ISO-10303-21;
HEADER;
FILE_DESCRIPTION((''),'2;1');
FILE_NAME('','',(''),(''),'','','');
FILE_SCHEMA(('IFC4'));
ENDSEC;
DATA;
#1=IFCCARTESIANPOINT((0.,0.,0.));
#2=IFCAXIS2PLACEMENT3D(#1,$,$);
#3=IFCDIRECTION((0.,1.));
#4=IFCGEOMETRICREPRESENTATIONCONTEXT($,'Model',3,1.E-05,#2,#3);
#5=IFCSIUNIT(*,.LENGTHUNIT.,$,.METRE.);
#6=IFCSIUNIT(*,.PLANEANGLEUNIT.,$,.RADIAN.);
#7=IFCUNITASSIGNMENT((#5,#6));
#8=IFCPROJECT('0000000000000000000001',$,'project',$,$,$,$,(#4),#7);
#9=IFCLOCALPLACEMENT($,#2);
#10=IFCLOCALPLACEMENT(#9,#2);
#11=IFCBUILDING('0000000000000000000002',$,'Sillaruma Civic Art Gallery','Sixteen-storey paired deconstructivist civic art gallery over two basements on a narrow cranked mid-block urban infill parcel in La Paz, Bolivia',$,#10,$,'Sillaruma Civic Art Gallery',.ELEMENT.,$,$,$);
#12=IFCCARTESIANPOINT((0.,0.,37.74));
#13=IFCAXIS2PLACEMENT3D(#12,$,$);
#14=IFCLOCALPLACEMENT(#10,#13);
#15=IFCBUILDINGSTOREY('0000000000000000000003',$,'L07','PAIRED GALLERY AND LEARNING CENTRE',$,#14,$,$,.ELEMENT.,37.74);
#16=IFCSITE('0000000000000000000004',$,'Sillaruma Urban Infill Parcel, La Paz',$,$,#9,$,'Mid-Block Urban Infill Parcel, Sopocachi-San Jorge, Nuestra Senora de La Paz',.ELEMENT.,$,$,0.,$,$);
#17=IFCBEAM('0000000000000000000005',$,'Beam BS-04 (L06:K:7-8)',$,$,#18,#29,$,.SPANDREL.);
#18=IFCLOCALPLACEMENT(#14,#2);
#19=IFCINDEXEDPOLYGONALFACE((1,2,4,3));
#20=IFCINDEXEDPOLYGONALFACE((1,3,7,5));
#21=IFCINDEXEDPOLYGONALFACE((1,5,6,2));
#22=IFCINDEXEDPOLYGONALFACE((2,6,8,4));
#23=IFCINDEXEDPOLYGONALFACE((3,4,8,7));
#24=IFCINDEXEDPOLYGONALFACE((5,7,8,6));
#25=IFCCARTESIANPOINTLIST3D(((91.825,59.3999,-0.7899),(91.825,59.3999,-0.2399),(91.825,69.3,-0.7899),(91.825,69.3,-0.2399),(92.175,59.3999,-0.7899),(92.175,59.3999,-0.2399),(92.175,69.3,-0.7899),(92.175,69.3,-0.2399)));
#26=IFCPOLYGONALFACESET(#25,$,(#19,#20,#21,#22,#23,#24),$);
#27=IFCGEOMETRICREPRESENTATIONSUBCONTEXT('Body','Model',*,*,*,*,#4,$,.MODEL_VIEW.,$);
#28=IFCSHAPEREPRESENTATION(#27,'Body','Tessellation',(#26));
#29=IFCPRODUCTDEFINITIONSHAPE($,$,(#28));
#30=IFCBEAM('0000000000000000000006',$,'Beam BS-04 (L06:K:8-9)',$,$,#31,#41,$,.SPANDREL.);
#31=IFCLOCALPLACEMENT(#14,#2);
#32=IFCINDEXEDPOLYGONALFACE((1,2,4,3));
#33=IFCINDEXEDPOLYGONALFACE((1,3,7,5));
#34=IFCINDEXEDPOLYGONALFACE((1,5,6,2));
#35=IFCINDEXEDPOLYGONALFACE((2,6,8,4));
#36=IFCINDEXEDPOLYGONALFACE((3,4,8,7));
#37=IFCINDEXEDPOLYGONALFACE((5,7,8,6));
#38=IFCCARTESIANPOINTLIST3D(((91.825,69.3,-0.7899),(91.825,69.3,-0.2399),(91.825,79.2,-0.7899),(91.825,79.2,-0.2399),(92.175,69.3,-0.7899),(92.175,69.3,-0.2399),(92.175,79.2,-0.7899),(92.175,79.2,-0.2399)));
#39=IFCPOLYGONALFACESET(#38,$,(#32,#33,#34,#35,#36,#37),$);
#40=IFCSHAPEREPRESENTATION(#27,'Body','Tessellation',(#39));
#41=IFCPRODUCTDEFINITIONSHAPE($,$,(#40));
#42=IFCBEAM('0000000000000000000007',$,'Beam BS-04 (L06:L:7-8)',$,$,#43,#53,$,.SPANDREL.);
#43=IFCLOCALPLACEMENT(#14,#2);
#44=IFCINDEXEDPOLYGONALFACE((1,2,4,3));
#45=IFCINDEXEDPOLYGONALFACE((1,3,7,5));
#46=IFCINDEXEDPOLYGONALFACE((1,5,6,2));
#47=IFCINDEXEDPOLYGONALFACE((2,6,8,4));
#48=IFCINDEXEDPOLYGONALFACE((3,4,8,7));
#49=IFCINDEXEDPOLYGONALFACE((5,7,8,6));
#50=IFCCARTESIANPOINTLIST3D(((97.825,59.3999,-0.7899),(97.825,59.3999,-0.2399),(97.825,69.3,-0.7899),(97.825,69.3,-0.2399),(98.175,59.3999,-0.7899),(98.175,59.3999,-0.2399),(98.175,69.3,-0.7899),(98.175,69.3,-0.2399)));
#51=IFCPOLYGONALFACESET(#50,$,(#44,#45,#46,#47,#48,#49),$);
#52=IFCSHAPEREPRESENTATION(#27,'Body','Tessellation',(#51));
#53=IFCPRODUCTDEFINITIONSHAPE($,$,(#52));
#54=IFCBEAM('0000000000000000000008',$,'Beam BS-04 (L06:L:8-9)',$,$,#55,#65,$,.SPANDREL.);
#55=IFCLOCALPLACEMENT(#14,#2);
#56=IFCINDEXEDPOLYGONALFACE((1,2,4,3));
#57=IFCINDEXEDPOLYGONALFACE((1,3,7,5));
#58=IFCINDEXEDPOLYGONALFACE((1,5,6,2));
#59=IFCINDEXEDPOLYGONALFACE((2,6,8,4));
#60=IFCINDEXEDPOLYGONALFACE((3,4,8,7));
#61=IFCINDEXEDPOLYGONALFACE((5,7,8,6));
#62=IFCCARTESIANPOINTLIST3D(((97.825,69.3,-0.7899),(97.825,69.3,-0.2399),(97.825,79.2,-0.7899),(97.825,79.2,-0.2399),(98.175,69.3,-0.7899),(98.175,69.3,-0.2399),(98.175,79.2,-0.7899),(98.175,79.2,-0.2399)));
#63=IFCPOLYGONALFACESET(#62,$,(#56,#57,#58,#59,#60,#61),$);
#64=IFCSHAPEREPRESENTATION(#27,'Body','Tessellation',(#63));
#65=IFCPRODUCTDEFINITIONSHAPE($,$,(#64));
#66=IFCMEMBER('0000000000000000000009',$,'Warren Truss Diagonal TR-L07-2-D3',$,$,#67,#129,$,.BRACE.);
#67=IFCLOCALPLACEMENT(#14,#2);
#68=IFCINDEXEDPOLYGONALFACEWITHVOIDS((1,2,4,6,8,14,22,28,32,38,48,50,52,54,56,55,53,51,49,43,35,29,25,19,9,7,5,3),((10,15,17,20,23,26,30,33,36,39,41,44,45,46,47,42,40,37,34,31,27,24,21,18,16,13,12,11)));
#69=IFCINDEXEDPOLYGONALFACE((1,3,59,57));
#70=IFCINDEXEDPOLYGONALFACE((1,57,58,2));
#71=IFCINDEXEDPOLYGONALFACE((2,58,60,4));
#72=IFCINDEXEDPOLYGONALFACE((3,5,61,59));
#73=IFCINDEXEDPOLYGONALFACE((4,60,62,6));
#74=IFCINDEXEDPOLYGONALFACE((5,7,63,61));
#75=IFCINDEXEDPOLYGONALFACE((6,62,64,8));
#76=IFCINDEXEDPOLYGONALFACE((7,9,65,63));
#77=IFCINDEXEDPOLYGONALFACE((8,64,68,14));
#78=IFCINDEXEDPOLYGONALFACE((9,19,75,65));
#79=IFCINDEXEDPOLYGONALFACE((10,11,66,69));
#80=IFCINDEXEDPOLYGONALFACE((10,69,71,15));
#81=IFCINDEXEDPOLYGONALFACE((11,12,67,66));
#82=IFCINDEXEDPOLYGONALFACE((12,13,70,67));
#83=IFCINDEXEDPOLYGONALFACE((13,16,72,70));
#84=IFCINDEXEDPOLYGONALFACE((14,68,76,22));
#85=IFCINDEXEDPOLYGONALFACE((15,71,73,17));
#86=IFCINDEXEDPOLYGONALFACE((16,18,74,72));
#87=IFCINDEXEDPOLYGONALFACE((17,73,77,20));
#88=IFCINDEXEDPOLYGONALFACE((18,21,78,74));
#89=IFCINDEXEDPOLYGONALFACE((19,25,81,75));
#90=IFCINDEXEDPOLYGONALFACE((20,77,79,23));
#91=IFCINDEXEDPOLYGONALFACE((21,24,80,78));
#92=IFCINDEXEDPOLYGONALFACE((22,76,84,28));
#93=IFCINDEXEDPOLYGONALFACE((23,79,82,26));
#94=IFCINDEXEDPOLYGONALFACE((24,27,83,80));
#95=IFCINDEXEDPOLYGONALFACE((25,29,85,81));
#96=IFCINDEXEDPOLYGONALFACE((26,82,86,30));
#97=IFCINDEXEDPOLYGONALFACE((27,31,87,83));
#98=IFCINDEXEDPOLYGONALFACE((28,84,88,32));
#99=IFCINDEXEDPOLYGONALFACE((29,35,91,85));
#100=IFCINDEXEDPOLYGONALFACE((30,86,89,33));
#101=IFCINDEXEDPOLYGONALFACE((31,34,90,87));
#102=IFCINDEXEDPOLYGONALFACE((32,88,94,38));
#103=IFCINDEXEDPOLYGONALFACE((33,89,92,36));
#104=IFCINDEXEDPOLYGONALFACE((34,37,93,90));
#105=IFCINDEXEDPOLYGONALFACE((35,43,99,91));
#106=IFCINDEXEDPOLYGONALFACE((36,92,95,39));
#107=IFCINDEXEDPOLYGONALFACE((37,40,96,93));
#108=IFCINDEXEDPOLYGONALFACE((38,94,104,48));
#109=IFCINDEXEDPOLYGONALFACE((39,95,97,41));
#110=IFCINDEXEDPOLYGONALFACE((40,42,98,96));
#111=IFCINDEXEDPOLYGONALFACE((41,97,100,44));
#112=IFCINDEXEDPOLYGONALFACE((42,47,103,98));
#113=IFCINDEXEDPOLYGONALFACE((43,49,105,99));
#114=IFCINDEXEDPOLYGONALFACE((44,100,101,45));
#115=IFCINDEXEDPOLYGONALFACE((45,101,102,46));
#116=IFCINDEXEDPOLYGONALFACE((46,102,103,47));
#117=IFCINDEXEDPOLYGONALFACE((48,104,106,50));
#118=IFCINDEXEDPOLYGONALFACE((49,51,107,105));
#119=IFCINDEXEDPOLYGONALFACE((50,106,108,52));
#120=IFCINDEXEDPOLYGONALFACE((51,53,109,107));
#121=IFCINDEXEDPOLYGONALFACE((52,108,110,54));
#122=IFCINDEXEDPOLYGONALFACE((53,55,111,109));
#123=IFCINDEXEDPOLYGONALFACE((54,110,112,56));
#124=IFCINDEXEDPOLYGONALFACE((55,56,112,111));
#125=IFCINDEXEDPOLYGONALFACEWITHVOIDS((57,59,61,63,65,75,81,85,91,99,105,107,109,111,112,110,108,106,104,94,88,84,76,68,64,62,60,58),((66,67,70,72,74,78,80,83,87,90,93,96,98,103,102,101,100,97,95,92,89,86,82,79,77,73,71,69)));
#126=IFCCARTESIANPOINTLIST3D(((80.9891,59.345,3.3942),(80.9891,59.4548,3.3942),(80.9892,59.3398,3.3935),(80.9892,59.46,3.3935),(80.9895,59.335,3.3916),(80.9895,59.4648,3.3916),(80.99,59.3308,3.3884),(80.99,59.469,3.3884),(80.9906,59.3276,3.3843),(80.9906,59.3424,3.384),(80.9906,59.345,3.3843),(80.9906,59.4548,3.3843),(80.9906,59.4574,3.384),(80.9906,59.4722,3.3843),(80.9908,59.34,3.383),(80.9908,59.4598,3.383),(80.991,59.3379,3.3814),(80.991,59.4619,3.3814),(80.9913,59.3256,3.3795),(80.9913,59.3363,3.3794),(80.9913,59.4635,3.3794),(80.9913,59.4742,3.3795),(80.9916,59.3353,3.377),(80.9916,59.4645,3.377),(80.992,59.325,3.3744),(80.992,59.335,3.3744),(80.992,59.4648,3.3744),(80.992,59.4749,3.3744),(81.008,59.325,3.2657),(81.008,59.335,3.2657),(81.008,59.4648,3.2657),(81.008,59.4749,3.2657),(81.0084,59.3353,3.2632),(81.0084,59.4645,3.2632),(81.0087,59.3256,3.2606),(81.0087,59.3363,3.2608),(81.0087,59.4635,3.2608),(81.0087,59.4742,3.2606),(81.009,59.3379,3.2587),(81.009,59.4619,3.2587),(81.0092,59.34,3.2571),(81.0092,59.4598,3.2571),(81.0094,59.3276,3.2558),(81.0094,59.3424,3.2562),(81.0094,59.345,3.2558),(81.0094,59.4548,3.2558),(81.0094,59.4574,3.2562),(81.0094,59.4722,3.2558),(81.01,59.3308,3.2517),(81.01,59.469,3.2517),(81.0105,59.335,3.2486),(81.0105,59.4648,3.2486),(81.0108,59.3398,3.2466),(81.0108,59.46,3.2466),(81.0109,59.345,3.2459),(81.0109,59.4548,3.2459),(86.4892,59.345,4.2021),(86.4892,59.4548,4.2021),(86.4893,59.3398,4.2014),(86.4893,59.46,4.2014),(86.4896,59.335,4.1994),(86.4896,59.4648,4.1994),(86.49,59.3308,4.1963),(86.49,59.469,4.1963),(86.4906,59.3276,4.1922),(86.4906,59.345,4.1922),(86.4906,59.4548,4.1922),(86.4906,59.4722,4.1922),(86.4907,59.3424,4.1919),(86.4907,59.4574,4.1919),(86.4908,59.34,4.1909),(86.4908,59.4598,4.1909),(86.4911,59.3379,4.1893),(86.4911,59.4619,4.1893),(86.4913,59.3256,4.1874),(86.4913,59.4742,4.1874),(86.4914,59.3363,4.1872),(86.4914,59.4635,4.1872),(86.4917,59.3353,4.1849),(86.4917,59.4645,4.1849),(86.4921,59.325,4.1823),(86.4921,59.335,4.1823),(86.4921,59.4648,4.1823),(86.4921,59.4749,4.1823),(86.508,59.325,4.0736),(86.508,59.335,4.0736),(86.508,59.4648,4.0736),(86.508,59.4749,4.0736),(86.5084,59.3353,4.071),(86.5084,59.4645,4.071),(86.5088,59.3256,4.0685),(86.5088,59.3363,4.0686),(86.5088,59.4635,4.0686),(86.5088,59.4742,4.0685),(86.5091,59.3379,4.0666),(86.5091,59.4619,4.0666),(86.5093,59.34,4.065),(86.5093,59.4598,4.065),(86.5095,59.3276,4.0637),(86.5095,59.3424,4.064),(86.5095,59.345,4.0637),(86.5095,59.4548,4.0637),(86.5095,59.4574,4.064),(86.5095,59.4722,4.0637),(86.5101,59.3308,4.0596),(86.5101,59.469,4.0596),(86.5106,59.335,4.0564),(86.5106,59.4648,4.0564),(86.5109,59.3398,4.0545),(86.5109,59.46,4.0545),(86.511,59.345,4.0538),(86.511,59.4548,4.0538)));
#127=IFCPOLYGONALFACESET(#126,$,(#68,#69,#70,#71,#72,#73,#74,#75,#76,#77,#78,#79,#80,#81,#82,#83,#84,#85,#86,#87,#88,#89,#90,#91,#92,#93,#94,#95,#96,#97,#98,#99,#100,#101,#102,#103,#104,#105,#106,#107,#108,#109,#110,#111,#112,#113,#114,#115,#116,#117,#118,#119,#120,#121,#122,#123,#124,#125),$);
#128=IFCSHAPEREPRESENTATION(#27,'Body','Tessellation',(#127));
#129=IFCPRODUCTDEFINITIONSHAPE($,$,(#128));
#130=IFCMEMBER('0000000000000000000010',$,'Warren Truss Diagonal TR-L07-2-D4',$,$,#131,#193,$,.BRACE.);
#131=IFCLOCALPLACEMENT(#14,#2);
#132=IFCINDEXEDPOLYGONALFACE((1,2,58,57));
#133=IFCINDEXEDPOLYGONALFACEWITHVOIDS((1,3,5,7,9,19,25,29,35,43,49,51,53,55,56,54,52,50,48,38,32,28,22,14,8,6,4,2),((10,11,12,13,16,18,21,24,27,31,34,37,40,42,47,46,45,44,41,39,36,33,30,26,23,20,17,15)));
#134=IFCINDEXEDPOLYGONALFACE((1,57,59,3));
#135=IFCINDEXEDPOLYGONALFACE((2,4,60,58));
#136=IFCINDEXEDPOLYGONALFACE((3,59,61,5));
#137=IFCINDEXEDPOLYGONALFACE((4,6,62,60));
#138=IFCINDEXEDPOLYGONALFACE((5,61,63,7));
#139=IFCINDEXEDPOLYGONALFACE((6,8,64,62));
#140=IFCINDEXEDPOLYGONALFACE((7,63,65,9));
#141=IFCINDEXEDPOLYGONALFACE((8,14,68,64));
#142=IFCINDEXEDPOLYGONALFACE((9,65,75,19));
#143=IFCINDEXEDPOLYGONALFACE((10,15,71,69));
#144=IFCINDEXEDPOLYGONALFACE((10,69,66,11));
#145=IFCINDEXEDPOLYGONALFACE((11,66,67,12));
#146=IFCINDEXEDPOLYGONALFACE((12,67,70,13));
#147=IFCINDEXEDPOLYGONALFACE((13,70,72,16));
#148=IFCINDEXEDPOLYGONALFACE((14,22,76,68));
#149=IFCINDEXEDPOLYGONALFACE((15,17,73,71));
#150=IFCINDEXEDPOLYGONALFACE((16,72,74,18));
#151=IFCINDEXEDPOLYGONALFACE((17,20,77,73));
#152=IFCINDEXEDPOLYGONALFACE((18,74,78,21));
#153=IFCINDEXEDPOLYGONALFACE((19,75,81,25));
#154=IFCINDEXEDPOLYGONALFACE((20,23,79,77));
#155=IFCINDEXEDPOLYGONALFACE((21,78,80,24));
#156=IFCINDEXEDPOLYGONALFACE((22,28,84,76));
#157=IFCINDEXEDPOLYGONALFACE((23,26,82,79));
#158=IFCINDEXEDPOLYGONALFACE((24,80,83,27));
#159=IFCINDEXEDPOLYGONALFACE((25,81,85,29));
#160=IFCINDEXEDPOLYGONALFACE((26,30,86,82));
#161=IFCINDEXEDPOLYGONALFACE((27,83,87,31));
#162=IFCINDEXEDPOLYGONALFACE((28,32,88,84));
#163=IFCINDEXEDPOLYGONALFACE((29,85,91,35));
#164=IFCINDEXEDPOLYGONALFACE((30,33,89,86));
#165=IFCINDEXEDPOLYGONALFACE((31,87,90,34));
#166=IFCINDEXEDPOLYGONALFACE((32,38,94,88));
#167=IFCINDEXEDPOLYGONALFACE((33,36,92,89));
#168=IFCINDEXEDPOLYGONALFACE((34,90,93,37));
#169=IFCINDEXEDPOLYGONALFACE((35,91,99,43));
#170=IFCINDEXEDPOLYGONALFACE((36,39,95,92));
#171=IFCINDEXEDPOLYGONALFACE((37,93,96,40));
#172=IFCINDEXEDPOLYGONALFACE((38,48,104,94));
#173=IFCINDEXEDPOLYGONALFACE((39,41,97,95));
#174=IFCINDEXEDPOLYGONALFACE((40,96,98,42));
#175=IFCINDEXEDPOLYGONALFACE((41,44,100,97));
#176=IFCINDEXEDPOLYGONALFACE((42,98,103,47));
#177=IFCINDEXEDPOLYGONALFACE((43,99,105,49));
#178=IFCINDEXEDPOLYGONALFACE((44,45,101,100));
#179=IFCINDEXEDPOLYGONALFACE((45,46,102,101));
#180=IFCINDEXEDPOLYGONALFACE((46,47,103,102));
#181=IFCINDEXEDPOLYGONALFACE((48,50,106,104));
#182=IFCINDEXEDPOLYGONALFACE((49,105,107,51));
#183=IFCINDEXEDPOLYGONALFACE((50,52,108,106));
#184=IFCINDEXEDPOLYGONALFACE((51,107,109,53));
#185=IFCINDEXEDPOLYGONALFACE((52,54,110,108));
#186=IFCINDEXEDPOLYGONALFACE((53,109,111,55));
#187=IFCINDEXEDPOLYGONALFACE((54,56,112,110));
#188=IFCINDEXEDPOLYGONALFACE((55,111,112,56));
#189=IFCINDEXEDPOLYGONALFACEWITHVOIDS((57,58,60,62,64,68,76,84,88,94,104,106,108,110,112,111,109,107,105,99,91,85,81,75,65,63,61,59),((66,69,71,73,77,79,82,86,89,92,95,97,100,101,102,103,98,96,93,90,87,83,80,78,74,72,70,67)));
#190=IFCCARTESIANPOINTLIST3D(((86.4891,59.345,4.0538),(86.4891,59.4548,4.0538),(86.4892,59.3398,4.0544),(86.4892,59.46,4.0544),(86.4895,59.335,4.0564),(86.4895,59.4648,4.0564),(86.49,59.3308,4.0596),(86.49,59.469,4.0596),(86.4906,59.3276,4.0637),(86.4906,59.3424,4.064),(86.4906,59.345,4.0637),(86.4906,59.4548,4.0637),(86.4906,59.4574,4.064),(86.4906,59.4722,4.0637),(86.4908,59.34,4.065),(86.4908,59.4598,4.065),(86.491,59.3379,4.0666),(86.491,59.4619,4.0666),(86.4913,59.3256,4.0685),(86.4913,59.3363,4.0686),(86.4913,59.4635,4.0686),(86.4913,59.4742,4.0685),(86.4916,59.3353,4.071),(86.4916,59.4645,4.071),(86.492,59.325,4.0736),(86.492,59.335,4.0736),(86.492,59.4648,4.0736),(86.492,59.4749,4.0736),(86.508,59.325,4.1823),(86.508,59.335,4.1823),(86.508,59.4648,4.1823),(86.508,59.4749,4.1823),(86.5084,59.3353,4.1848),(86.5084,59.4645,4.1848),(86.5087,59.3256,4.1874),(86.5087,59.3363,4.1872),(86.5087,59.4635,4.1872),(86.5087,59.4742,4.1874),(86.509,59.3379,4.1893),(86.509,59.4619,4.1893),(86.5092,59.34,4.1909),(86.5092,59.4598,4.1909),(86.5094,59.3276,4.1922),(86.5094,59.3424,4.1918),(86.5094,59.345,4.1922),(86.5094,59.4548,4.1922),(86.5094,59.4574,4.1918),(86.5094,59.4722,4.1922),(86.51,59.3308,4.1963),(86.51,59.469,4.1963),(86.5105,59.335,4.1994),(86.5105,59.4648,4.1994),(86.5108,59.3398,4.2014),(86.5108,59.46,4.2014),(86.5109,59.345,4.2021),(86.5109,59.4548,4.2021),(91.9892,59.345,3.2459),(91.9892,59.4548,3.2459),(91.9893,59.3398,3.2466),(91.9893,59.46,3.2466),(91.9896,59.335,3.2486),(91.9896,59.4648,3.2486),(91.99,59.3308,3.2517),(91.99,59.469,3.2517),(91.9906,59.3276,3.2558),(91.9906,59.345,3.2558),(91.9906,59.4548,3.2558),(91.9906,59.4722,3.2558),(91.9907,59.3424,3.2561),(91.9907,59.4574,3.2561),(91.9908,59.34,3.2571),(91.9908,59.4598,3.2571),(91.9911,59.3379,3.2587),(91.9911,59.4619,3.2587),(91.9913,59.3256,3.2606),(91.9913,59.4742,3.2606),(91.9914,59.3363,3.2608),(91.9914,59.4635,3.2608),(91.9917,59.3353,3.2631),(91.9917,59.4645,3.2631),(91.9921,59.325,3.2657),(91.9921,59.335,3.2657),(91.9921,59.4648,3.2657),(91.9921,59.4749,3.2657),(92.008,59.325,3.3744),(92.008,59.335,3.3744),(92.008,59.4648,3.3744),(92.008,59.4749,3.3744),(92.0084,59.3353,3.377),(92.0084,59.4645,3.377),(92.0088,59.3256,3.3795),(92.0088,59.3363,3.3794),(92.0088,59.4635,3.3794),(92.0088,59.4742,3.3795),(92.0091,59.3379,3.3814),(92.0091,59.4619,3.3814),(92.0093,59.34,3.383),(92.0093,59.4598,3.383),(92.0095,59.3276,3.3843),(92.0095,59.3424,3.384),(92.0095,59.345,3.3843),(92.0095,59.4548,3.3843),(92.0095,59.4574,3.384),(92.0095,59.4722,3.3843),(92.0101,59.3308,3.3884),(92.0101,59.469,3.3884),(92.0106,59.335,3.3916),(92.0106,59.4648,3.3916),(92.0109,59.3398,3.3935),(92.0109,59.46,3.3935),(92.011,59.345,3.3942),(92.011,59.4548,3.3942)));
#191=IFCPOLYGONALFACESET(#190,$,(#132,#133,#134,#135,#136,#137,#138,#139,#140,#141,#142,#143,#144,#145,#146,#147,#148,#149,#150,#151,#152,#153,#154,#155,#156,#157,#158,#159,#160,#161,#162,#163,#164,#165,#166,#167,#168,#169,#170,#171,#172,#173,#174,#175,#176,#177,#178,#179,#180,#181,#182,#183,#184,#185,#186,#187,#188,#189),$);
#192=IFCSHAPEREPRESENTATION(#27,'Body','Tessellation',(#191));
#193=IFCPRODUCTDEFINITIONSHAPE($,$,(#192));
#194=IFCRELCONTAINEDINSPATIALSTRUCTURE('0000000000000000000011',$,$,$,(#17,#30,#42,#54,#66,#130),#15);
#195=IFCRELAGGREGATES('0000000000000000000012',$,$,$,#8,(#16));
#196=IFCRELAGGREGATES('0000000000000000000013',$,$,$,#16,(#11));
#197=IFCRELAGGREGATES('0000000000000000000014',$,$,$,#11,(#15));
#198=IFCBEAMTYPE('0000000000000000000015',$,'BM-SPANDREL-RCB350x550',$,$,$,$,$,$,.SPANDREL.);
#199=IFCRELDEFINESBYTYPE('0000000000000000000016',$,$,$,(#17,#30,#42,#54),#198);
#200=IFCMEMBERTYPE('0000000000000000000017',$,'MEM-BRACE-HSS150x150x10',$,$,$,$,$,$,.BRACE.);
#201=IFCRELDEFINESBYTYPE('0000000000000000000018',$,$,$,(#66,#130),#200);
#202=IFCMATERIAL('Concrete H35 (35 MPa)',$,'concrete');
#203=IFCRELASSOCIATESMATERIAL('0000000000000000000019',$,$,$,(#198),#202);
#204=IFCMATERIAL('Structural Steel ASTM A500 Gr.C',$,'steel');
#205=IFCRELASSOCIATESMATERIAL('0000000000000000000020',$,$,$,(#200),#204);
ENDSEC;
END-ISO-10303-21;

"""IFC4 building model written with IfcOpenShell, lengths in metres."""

from ifc_helpers import new_model, si_unit, direction, frame, origin, origin_2d, place, context, subcontext, project, spatial, rectangle, hollow_rectangle, extrude, material, material_profile, profile_set, type_object, element, save


model = new_model("IFC4")

# Units and contexts
model_context = context("Model", 3, precision=1e-05, world=origin(), true_north=direction((0.0, 1.0)))
body_context = subcontext(model_context, "Body", "Model", "MODEL_VIEW")
ifc_project = project(units=[si_unit("LENGTHUNIT", "METRE"), si_unit("PLANEANGLEUNIT", "RADIAN")], contexts=[model_context])

# Site, building, storey
site_placement = place(None, origin())
site = spatial("IfcSite", under=ifc_project, at=site_placement, Name="Sillaruma Urban Infill Parcel, La Paz", LongName="Mid-Block Urban Infill Parcel, Sopocachi-San Jorge, Nuestra Senora de La Paz", CompositionType="ELEMENT", RefElevation=0.0)
building_placement = place(site_placement, origin())
building = spatial("IfcBuilding", under=site, at=building_placement, Name="Sillaruma Civic Art Gallery", Description="Sixteen-storey paired deconstructivist civic art gallery over two basements on a narrow cranked mid-block urban infill parcel in La Paz, Bolivia", LongName="Sillaruma Civic Art Gallery", CompositionType="ELEMENT")
storey_placement = place(building_placement, frame((0.0, 0.0, 37.74)))
storey = spatial("IfcBuildingStorey", under=building, at=storey_placement, Name="L07", Description="PAIRED GALLERY AND LEARNING CENTRE", CompositionType="ELEMENT", Elevation=37.74)

# Beams
ifc_material_1 = material(Name="Concrete H35 (35 MPa)", Category="concrete")
ifc_material_2 = material(Name="Structural Steel ASTM A500 Gr.C", Category="steel")
ifc_material_profile_1 = material_profile(ifc_material_1, rectangle(XDim=0.3501, YDim=0.55, at=origin_2d()), Name="RCB350x550")
ifc_profile_set_1 = profile_set([ifc_material_profile_1], Name="Concrete H35 (35 MPa)")
beam_type_1 = type_object("IfcBeamType", Name="BM-SPANDREL-RCB350x550", PredefinedType="SPANDREL", material=ifc_profile_set_1)
beam_1_placement = place(storey_placement, frame((92.0, 59.3999, -0.5149), z_axis=(0.0, 1.0, 0.0), x_axis=(-1.0, 0.0, 0.0)))
element("IfcBeam", 1, at=beam_1_placement, inside=storey, type_object=beam_type_1, Name="Beam BS-04 (L06:K:7-8)", PredefinedType="SPANDREL", context=body_context, shape_type="SweptSolid", body=[
    extrude(rectangle(XDim=0.3501, YDim=0.55, at=origin_2d()), origin(), (0.0, 0.0, 1.0), 9.9001),
])
beam_2_placement = place(storey_placement, frame((92.0, 69.3, -0.5149), z_axis=(0.0, 1.0, 0.0), x_axis=(-1.0, 0.0, 0.0)))
element("IfcBeam", 2, at=beam_2_placement, inside=storey, type_object=beam_type_1, Name="Beam BS-04 (L06:K:8-9)", PredefinedType="SPANDREL", context=body_context, shape_type="SweptSolid", body=[
    extrude(rectangle(XDim=0.3501, YDim=0.55, at=origin_2d()), origin(), (0.0, 0.0, 1.0), 9.8999),
])
beam_3_placement = place(storey_placement, frame((98.0, 59.3999, -0.5149), z_axis=(0.0, 1.0, 0.0), x_axis=(-1.0, 0.0, 0.0)))
element("IfcBeam", 3, at=beam_3_placement, inside=storey, type_object=beam_type_1, Name="Beam BS-04 (L06:L:7-8)", PredefinedType="SPANDREL", context=body_context, shape_type="SweptSolid", body=[
    extrude(rectangle(XDim=0.3501, YDim=0.55, at=origin_2d()), origin(), (0.0, 0.0, 1.0), 9.9001),
])
beam_4_placement = place(storey_placement, frame((98.0, 69.3, -0.5149), z_axis=(0.0, 1.0, 0.0), x_axis=(-1.0, 0.0, 0.0)))
element("IfcBeam", 4, at=beam_4_placement, inside=storey, type_object=beam_type_1, Name="Beam BS-04 (L06:L:8-9)", PredefinedType="SPANDREL", context=body_context, shape_type="SweptSolid", body=[
    extrude(rectangle(XDim=0.3501, YDim=0.55, at=origin_2d()), origin(), (0.0, 0.0, 1.0), 9.8999),
])

# Members
ifc_material_profile_2 = material_profile(ifc_material_2, hollow_rectangle(XDim=0.1499, YDim=0.1499, WallThickness=0.01, InnerFilletRadius=0.01, OuterFilletRadius=0.02, at=origin_2d()), Name="HSS150x150x10")
ifc_profile_set_2 = profile_set([ifc_material_profile_2], Name="Structural Steel ASTM A500 Gr.C")
member_type_1 = type_object("IfcMemberType", Name="MEM-BRACE-HSS150x150x10", PredefinedType="BRACE", material=ifc_profile_set_2)
for number, where, z_axis, x_axis, name in (
    (5, (81.0, 59.3999, 3.3201), (0.989384, 0.0, 0.145325), (0.0, 1.0, 0.0), "Warren Truss Diagonal TR-L07-2-D3"),
    (6, (86.5, 59.3999, 4.1279), (0.989384, 0.0, -0.145325), (0.0, 1.0, 0.0), "Warren Truss Diagonal TR-L07-2-D4"),
):
    element("IfcMember", number, at=place(storey_placement, frame(where, z_axis=z_axis, x_axis=x_axis)), inside=storey, type_object=member_type_1, Name=name, PredefinedType="BRACE", context=body_context, shape_type="SweptSolid", body=[
        extrude(hollow_rectangle(XDim=0.1499, YDim=0.1499, WallThickness=0.01, InnerFilletRadius=0.01, OuterFilletRadius=0.02, at=origin_2d()), origin(), (0.0, 0.0, 1.0), 5.5591),
    ])

save(model, "model.ifc")
